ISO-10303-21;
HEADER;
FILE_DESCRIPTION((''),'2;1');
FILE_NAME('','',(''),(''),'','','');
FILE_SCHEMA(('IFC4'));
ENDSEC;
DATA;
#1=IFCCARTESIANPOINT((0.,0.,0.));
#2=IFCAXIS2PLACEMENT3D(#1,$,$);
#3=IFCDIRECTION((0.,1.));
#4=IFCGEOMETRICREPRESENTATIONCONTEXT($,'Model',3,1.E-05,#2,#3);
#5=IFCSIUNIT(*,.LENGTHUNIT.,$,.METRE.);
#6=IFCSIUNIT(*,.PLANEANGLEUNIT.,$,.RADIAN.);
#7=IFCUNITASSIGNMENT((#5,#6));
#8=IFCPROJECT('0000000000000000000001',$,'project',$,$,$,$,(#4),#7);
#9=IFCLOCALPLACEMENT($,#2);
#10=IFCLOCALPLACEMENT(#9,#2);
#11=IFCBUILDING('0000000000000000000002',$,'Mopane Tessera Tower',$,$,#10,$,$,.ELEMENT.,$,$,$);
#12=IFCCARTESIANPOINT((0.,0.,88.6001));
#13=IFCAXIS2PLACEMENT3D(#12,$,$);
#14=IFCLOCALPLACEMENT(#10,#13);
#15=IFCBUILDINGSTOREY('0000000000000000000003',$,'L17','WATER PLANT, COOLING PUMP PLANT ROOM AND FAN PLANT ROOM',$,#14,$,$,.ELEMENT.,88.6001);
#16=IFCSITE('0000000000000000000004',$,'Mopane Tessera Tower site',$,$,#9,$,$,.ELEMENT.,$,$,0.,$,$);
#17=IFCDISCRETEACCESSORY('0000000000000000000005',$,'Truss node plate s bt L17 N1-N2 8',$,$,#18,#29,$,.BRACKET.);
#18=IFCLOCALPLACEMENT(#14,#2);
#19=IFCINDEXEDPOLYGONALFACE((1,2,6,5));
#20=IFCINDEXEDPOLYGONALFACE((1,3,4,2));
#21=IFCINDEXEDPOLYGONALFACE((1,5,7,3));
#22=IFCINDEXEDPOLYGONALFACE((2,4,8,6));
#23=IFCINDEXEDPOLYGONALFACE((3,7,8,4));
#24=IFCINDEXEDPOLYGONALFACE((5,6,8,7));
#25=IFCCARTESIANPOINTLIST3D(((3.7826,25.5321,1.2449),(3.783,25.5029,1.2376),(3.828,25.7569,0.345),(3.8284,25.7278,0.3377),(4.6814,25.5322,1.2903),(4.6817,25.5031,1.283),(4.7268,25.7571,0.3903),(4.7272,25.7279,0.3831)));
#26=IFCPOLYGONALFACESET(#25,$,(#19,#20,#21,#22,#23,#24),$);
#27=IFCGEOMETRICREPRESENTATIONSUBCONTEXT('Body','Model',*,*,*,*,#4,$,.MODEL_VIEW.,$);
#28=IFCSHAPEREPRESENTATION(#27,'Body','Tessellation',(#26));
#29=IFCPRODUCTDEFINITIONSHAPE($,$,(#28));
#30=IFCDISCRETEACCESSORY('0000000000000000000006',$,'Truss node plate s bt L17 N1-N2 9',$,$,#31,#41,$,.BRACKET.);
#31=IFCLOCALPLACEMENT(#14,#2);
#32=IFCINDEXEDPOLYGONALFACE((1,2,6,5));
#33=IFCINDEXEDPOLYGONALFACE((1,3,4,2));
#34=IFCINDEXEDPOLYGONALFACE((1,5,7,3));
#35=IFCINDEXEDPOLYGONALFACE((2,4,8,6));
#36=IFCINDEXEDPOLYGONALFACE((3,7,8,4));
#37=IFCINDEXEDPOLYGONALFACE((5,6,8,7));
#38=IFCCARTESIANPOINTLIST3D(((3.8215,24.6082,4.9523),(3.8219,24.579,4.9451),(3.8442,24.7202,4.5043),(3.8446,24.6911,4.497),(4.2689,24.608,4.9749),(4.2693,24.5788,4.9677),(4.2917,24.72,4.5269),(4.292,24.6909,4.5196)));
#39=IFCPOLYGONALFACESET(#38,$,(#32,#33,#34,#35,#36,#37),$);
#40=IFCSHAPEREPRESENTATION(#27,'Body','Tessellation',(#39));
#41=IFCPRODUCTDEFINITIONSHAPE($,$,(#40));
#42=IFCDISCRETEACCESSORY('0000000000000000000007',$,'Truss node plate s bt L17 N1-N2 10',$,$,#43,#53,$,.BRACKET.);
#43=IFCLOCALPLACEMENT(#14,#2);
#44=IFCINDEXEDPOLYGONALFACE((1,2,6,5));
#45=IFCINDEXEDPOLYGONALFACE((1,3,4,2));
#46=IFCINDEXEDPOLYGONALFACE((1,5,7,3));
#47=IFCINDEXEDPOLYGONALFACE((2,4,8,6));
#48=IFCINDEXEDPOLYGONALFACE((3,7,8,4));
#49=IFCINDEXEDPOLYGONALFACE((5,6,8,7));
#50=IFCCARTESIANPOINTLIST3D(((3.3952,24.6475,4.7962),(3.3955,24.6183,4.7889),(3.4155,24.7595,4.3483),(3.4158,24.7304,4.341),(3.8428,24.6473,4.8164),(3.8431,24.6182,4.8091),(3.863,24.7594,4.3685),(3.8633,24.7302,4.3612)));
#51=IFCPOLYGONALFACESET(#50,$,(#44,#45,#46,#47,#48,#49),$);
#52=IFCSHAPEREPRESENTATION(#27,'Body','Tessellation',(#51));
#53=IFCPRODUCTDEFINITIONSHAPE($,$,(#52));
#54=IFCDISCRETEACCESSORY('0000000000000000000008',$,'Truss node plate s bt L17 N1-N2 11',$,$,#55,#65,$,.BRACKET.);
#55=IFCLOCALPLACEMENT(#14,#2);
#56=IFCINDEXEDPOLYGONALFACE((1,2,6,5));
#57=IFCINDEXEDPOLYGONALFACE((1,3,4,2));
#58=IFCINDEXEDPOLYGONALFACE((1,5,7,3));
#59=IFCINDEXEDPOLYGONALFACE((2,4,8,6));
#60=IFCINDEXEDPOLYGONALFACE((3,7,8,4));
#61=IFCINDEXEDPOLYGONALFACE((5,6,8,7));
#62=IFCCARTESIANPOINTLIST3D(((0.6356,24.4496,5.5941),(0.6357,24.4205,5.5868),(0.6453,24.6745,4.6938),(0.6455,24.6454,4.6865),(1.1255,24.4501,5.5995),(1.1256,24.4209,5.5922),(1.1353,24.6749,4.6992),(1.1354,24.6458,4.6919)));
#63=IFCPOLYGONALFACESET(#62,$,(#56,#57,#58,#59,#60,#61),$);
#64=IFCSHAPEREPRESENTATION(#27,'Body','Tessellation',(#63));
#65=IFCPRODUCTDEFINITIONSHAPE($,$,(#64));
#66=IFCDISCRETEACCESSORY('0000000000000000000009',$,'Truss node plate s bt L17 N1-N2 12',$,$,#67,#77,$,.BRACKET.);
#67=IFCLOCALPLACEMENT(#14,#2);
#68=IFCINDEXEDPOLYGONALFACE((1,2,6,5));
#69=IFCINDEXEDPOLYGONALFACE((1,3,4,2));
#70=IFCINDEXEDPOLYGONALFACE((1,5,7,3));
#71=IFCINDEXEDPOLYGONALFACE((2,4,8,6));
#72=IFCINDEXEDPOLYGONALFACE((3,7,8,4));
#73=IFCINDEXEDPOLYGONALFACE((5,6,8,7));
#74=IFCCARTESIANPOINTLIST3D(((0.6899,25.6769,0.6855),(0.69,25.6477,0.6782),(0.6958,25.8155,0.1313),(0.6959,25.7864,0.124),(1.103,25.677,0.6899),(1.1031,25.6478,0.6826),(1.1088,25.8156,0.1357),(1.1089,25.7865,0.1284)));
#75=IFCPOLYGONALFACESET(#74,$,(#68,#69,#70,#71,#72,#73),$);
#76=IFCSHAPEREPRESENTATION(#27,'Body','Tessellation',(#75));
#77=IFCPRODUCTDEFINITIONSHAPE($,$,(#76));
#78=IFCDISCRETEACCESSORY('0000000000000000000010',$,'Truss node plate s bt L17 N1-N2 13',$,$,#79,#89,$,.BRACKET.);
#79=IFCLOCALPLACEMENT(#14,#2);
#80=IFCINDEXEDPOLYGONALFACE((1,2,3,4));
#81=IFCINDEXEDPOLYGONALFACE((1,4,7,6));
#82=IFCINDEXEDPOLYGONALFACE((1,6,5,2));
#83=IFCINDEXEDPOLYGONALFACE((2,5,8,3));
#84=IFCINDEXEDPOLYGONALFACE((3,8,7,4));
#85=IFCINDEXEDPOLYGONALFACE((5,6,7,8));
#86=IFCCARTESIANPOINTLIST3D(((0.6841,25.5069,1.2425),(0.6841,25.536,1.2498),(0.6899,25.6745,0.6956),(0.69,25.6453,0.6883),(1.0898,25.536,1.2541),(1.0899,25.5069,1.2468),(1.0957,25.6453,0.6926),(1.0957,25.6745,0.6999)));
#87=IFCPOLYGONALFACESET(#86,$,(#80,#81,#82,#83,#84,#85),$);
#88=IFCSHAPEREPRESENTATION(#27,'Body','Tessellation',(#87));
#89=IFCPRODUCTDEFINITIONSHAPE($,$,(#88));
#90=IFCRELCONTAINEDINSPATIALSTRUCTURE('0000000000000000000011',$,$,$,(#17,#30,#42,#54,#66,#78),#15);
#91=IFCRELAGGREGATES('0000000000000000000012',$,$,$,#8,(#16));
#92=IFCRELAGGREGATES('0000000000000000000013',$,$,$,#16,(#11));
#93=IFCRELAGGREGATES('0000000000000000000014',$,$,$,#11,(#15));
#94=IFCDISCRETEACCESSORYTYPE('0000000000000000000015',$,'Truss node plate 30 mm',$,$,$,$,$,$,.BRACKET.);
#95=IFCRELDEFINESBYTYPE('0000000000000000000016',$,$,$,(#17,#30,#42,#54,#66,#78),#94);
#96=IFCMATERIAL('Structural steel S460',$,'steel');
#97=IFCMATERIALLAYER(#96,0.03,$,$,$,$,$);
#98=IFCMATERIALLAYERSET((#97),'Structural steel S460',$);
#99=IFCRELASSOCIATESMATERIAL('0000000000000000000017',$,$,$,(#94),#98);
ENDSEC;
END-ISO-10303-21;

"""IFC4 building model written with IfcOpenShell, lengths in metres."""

from ifc_helpers import new_model, si_unit, direction, frame, origin, origin_2d, place, context, subcontext, project, spatial, rectangle, extrude, material, layer, layer_set, type_object, element, save


model = new_model("IFC4")

# Units and contexts
model_context = context("Model", 3, precision=1e-05, world=origin(), true_north=direction((0.0, 1.0)))
body_context = subcontext(model_context, "Body", "Model", "MODEL_VIEW")
ifc_project = project(units=[si_unit("LENGTHUNIT", "METRE"), si_unit("PLANEANGLEUNIT", "RADIAN")], contexts=[model_context])

# Site, building, storey
site_placement = place(None, origin())
site = spatial("IfcSite", under=ifc_project, at=site_placement, Name="Mopane Tessera Tower site", CompositionType="ELEMENT", RefElevation=0.0)
building_placement = place(site_placement, origin())
building = spatial("IfcBuilding", under=site, at=building_placement, Name="Mopane Tessera Tower", CompositionType="ELEMENT")
storey_placement = place(building_placement, frame((0.0, 0.0, 88.6001)))
storey = spatial("IfcBuildingStorey", under=building, at=storey_placement, Name="L17", Description="WATER PLANT, COOLING PUMP PLANT ROOM AND FAN PLANT ROOM", CompositionType="ELEMENT", Elevation=88.6001)

# Discrete accessories
ifc_material_1 = material(Name="Structural steel S460", Category="steel")
ifc_layer_1 = layer(ifc_material_1, 0.03)
ifc_layer_set_1 = layer_set([ifc_layer_1], Name="Structural steel S460")
discrete_accessory_type_1 = type_object("IfcDiscreteAccessoryType", Name="Truss node plate 30 mm", PredefinedType="BRACKET", material=ifc_layer_set_1)
discrete_accessory_1_placement = place(storey_placement, frame((4.2776, 25.7424, 0.364), z_axis=(-0.048898, -0.242122, 0.969013), x_axis=(0.012353, -0.970246, -0.241806)))
element("IfcDiscreteAccessory", 1, at=discrete_accessory_1_placement, inside=storey, type_object=discrete_accessory_type_1, Name="Truss node plate s bt L17 N1-N2 8", PredefinedType="BRACKET", context=body_context, shape_type="SweptSolid", body=[
    extrude(rectangle(XDim=0.03, YDim=0.8999, at=origin_2d()), origin(), (0.0, 0.0, 1.0), 0.9287),
])
discrete_accessory_2_placement = place(storey_placement, frame((4.0681, 24.7056, 4.512), z_axis=(-0.049107, -0.242367, 0.968941), x_axis=(0.011752, -0.970184, -0.242083)))
element("IfcDiscreteAccessory", 2, at=discrete_accessory_2_placement, inside=storey, type_object=discrete_accessory_type_1, Name="Truss node plate s bt L17 N1-N2 9", PredefinedType="BRACKET", context=body_context, shape_type="SweptSolid", body=[
    extrude(rectangle(XDim=0.03, YDim=0.448, at=origin_2d()), origin(), (0.0, 0.0, 1.0), 0.4624),
])
discrete_accessory_3_placement = place(storey_placement, frame((3.6394, 24.7449, 4.3547), z_axis=(-0.043838, -0.242427, 0.969179), x_axis=(0.010575, -0.97017, -0.242196)))
element("IfcDiscreteAccessory", 3, at=discrete_accessory_3_placement, inside=storey, type_object=discrete_accessory_type_1, Name="Truss node plate s bt L17 N1-N2 10", PredefinedType="BRACKET", context=body_context, shape_type="SweptSolid", body=[
    extrude(rectangle(XDim=0.03, YDim=0.448, at=origin_2d()), origin(), (0.0, 0.0, 1.0), 0.4622),
])
discrete_accessory_4_placement = place(storey_placement, frame((0.8904, 24.6602, 4.6929), z_axis=(-0.010525, -0.242336, 0.970135), x_axis=(0.003565, -0.970192, -0.242312)))
element("IfcDiscreteAccessory", 4, at=discrete_accessory_4_placement, inside=storey, type_object=discrete_accessory_type_1, Name="Truss node plate s bt L17 N1-N2 11", PredefinedType="BRACKET", context=body_context, shape_type="SweptSolid", body=[
    extrude(rectangle(XDim=0.03, YDim=0.49, at=origin_2d()), origin(), (0.0, 0.0, 1.0), 0.928),
])
discrete_accessory_5_placement = place(storey_placement, frame((0.9023, 25.801, 0.1299), z_axis=(-0.010256, -0.242724, 0.970041), x_axis=(0.002837, -0.970095, -0.242708)))
element("IfcDiscreteAccessory", 5, at=discrete_accessory_5_placement, inside=storey, type_object=discrete_accessory_type_1, Name="Truss node plate s bt L17 N1-N2 12", PredefinedType="BRACKET", context=body_context, shape_type="SweptSolid", body=[
    extrude(rectangle(XDim=0.03, YDim=0.4131, at=origin_2d()), origin(), (0.0, 0.0, 1.0), 0.5713),
])
discrete_accessory_6_placement = place(storey_placement, frame((0.8928, 25.6599, 0.6941), z_axis=(-0.010257, -0.242322, 0.970142), x_axis=(0.002587, -0.970196, -0.242308)))
element("IfcDiscreteAccessory", 6, at=discrete_accessory_6_placement, inside=storey, type_object=discrete_accessory_type_1, Name="Truss node plate s bt L17 N1-N2 13", PredefinedType="BRACKET", context=body_context, shape_type="SweptSolid", body=[
    extrude(rectangle(XDim=0.03, YDim=0.4058, at=origin_2d()), origin(), (0.0, 0.0, 1.0), 0.5713),
])

save(model, "model.ifc")
